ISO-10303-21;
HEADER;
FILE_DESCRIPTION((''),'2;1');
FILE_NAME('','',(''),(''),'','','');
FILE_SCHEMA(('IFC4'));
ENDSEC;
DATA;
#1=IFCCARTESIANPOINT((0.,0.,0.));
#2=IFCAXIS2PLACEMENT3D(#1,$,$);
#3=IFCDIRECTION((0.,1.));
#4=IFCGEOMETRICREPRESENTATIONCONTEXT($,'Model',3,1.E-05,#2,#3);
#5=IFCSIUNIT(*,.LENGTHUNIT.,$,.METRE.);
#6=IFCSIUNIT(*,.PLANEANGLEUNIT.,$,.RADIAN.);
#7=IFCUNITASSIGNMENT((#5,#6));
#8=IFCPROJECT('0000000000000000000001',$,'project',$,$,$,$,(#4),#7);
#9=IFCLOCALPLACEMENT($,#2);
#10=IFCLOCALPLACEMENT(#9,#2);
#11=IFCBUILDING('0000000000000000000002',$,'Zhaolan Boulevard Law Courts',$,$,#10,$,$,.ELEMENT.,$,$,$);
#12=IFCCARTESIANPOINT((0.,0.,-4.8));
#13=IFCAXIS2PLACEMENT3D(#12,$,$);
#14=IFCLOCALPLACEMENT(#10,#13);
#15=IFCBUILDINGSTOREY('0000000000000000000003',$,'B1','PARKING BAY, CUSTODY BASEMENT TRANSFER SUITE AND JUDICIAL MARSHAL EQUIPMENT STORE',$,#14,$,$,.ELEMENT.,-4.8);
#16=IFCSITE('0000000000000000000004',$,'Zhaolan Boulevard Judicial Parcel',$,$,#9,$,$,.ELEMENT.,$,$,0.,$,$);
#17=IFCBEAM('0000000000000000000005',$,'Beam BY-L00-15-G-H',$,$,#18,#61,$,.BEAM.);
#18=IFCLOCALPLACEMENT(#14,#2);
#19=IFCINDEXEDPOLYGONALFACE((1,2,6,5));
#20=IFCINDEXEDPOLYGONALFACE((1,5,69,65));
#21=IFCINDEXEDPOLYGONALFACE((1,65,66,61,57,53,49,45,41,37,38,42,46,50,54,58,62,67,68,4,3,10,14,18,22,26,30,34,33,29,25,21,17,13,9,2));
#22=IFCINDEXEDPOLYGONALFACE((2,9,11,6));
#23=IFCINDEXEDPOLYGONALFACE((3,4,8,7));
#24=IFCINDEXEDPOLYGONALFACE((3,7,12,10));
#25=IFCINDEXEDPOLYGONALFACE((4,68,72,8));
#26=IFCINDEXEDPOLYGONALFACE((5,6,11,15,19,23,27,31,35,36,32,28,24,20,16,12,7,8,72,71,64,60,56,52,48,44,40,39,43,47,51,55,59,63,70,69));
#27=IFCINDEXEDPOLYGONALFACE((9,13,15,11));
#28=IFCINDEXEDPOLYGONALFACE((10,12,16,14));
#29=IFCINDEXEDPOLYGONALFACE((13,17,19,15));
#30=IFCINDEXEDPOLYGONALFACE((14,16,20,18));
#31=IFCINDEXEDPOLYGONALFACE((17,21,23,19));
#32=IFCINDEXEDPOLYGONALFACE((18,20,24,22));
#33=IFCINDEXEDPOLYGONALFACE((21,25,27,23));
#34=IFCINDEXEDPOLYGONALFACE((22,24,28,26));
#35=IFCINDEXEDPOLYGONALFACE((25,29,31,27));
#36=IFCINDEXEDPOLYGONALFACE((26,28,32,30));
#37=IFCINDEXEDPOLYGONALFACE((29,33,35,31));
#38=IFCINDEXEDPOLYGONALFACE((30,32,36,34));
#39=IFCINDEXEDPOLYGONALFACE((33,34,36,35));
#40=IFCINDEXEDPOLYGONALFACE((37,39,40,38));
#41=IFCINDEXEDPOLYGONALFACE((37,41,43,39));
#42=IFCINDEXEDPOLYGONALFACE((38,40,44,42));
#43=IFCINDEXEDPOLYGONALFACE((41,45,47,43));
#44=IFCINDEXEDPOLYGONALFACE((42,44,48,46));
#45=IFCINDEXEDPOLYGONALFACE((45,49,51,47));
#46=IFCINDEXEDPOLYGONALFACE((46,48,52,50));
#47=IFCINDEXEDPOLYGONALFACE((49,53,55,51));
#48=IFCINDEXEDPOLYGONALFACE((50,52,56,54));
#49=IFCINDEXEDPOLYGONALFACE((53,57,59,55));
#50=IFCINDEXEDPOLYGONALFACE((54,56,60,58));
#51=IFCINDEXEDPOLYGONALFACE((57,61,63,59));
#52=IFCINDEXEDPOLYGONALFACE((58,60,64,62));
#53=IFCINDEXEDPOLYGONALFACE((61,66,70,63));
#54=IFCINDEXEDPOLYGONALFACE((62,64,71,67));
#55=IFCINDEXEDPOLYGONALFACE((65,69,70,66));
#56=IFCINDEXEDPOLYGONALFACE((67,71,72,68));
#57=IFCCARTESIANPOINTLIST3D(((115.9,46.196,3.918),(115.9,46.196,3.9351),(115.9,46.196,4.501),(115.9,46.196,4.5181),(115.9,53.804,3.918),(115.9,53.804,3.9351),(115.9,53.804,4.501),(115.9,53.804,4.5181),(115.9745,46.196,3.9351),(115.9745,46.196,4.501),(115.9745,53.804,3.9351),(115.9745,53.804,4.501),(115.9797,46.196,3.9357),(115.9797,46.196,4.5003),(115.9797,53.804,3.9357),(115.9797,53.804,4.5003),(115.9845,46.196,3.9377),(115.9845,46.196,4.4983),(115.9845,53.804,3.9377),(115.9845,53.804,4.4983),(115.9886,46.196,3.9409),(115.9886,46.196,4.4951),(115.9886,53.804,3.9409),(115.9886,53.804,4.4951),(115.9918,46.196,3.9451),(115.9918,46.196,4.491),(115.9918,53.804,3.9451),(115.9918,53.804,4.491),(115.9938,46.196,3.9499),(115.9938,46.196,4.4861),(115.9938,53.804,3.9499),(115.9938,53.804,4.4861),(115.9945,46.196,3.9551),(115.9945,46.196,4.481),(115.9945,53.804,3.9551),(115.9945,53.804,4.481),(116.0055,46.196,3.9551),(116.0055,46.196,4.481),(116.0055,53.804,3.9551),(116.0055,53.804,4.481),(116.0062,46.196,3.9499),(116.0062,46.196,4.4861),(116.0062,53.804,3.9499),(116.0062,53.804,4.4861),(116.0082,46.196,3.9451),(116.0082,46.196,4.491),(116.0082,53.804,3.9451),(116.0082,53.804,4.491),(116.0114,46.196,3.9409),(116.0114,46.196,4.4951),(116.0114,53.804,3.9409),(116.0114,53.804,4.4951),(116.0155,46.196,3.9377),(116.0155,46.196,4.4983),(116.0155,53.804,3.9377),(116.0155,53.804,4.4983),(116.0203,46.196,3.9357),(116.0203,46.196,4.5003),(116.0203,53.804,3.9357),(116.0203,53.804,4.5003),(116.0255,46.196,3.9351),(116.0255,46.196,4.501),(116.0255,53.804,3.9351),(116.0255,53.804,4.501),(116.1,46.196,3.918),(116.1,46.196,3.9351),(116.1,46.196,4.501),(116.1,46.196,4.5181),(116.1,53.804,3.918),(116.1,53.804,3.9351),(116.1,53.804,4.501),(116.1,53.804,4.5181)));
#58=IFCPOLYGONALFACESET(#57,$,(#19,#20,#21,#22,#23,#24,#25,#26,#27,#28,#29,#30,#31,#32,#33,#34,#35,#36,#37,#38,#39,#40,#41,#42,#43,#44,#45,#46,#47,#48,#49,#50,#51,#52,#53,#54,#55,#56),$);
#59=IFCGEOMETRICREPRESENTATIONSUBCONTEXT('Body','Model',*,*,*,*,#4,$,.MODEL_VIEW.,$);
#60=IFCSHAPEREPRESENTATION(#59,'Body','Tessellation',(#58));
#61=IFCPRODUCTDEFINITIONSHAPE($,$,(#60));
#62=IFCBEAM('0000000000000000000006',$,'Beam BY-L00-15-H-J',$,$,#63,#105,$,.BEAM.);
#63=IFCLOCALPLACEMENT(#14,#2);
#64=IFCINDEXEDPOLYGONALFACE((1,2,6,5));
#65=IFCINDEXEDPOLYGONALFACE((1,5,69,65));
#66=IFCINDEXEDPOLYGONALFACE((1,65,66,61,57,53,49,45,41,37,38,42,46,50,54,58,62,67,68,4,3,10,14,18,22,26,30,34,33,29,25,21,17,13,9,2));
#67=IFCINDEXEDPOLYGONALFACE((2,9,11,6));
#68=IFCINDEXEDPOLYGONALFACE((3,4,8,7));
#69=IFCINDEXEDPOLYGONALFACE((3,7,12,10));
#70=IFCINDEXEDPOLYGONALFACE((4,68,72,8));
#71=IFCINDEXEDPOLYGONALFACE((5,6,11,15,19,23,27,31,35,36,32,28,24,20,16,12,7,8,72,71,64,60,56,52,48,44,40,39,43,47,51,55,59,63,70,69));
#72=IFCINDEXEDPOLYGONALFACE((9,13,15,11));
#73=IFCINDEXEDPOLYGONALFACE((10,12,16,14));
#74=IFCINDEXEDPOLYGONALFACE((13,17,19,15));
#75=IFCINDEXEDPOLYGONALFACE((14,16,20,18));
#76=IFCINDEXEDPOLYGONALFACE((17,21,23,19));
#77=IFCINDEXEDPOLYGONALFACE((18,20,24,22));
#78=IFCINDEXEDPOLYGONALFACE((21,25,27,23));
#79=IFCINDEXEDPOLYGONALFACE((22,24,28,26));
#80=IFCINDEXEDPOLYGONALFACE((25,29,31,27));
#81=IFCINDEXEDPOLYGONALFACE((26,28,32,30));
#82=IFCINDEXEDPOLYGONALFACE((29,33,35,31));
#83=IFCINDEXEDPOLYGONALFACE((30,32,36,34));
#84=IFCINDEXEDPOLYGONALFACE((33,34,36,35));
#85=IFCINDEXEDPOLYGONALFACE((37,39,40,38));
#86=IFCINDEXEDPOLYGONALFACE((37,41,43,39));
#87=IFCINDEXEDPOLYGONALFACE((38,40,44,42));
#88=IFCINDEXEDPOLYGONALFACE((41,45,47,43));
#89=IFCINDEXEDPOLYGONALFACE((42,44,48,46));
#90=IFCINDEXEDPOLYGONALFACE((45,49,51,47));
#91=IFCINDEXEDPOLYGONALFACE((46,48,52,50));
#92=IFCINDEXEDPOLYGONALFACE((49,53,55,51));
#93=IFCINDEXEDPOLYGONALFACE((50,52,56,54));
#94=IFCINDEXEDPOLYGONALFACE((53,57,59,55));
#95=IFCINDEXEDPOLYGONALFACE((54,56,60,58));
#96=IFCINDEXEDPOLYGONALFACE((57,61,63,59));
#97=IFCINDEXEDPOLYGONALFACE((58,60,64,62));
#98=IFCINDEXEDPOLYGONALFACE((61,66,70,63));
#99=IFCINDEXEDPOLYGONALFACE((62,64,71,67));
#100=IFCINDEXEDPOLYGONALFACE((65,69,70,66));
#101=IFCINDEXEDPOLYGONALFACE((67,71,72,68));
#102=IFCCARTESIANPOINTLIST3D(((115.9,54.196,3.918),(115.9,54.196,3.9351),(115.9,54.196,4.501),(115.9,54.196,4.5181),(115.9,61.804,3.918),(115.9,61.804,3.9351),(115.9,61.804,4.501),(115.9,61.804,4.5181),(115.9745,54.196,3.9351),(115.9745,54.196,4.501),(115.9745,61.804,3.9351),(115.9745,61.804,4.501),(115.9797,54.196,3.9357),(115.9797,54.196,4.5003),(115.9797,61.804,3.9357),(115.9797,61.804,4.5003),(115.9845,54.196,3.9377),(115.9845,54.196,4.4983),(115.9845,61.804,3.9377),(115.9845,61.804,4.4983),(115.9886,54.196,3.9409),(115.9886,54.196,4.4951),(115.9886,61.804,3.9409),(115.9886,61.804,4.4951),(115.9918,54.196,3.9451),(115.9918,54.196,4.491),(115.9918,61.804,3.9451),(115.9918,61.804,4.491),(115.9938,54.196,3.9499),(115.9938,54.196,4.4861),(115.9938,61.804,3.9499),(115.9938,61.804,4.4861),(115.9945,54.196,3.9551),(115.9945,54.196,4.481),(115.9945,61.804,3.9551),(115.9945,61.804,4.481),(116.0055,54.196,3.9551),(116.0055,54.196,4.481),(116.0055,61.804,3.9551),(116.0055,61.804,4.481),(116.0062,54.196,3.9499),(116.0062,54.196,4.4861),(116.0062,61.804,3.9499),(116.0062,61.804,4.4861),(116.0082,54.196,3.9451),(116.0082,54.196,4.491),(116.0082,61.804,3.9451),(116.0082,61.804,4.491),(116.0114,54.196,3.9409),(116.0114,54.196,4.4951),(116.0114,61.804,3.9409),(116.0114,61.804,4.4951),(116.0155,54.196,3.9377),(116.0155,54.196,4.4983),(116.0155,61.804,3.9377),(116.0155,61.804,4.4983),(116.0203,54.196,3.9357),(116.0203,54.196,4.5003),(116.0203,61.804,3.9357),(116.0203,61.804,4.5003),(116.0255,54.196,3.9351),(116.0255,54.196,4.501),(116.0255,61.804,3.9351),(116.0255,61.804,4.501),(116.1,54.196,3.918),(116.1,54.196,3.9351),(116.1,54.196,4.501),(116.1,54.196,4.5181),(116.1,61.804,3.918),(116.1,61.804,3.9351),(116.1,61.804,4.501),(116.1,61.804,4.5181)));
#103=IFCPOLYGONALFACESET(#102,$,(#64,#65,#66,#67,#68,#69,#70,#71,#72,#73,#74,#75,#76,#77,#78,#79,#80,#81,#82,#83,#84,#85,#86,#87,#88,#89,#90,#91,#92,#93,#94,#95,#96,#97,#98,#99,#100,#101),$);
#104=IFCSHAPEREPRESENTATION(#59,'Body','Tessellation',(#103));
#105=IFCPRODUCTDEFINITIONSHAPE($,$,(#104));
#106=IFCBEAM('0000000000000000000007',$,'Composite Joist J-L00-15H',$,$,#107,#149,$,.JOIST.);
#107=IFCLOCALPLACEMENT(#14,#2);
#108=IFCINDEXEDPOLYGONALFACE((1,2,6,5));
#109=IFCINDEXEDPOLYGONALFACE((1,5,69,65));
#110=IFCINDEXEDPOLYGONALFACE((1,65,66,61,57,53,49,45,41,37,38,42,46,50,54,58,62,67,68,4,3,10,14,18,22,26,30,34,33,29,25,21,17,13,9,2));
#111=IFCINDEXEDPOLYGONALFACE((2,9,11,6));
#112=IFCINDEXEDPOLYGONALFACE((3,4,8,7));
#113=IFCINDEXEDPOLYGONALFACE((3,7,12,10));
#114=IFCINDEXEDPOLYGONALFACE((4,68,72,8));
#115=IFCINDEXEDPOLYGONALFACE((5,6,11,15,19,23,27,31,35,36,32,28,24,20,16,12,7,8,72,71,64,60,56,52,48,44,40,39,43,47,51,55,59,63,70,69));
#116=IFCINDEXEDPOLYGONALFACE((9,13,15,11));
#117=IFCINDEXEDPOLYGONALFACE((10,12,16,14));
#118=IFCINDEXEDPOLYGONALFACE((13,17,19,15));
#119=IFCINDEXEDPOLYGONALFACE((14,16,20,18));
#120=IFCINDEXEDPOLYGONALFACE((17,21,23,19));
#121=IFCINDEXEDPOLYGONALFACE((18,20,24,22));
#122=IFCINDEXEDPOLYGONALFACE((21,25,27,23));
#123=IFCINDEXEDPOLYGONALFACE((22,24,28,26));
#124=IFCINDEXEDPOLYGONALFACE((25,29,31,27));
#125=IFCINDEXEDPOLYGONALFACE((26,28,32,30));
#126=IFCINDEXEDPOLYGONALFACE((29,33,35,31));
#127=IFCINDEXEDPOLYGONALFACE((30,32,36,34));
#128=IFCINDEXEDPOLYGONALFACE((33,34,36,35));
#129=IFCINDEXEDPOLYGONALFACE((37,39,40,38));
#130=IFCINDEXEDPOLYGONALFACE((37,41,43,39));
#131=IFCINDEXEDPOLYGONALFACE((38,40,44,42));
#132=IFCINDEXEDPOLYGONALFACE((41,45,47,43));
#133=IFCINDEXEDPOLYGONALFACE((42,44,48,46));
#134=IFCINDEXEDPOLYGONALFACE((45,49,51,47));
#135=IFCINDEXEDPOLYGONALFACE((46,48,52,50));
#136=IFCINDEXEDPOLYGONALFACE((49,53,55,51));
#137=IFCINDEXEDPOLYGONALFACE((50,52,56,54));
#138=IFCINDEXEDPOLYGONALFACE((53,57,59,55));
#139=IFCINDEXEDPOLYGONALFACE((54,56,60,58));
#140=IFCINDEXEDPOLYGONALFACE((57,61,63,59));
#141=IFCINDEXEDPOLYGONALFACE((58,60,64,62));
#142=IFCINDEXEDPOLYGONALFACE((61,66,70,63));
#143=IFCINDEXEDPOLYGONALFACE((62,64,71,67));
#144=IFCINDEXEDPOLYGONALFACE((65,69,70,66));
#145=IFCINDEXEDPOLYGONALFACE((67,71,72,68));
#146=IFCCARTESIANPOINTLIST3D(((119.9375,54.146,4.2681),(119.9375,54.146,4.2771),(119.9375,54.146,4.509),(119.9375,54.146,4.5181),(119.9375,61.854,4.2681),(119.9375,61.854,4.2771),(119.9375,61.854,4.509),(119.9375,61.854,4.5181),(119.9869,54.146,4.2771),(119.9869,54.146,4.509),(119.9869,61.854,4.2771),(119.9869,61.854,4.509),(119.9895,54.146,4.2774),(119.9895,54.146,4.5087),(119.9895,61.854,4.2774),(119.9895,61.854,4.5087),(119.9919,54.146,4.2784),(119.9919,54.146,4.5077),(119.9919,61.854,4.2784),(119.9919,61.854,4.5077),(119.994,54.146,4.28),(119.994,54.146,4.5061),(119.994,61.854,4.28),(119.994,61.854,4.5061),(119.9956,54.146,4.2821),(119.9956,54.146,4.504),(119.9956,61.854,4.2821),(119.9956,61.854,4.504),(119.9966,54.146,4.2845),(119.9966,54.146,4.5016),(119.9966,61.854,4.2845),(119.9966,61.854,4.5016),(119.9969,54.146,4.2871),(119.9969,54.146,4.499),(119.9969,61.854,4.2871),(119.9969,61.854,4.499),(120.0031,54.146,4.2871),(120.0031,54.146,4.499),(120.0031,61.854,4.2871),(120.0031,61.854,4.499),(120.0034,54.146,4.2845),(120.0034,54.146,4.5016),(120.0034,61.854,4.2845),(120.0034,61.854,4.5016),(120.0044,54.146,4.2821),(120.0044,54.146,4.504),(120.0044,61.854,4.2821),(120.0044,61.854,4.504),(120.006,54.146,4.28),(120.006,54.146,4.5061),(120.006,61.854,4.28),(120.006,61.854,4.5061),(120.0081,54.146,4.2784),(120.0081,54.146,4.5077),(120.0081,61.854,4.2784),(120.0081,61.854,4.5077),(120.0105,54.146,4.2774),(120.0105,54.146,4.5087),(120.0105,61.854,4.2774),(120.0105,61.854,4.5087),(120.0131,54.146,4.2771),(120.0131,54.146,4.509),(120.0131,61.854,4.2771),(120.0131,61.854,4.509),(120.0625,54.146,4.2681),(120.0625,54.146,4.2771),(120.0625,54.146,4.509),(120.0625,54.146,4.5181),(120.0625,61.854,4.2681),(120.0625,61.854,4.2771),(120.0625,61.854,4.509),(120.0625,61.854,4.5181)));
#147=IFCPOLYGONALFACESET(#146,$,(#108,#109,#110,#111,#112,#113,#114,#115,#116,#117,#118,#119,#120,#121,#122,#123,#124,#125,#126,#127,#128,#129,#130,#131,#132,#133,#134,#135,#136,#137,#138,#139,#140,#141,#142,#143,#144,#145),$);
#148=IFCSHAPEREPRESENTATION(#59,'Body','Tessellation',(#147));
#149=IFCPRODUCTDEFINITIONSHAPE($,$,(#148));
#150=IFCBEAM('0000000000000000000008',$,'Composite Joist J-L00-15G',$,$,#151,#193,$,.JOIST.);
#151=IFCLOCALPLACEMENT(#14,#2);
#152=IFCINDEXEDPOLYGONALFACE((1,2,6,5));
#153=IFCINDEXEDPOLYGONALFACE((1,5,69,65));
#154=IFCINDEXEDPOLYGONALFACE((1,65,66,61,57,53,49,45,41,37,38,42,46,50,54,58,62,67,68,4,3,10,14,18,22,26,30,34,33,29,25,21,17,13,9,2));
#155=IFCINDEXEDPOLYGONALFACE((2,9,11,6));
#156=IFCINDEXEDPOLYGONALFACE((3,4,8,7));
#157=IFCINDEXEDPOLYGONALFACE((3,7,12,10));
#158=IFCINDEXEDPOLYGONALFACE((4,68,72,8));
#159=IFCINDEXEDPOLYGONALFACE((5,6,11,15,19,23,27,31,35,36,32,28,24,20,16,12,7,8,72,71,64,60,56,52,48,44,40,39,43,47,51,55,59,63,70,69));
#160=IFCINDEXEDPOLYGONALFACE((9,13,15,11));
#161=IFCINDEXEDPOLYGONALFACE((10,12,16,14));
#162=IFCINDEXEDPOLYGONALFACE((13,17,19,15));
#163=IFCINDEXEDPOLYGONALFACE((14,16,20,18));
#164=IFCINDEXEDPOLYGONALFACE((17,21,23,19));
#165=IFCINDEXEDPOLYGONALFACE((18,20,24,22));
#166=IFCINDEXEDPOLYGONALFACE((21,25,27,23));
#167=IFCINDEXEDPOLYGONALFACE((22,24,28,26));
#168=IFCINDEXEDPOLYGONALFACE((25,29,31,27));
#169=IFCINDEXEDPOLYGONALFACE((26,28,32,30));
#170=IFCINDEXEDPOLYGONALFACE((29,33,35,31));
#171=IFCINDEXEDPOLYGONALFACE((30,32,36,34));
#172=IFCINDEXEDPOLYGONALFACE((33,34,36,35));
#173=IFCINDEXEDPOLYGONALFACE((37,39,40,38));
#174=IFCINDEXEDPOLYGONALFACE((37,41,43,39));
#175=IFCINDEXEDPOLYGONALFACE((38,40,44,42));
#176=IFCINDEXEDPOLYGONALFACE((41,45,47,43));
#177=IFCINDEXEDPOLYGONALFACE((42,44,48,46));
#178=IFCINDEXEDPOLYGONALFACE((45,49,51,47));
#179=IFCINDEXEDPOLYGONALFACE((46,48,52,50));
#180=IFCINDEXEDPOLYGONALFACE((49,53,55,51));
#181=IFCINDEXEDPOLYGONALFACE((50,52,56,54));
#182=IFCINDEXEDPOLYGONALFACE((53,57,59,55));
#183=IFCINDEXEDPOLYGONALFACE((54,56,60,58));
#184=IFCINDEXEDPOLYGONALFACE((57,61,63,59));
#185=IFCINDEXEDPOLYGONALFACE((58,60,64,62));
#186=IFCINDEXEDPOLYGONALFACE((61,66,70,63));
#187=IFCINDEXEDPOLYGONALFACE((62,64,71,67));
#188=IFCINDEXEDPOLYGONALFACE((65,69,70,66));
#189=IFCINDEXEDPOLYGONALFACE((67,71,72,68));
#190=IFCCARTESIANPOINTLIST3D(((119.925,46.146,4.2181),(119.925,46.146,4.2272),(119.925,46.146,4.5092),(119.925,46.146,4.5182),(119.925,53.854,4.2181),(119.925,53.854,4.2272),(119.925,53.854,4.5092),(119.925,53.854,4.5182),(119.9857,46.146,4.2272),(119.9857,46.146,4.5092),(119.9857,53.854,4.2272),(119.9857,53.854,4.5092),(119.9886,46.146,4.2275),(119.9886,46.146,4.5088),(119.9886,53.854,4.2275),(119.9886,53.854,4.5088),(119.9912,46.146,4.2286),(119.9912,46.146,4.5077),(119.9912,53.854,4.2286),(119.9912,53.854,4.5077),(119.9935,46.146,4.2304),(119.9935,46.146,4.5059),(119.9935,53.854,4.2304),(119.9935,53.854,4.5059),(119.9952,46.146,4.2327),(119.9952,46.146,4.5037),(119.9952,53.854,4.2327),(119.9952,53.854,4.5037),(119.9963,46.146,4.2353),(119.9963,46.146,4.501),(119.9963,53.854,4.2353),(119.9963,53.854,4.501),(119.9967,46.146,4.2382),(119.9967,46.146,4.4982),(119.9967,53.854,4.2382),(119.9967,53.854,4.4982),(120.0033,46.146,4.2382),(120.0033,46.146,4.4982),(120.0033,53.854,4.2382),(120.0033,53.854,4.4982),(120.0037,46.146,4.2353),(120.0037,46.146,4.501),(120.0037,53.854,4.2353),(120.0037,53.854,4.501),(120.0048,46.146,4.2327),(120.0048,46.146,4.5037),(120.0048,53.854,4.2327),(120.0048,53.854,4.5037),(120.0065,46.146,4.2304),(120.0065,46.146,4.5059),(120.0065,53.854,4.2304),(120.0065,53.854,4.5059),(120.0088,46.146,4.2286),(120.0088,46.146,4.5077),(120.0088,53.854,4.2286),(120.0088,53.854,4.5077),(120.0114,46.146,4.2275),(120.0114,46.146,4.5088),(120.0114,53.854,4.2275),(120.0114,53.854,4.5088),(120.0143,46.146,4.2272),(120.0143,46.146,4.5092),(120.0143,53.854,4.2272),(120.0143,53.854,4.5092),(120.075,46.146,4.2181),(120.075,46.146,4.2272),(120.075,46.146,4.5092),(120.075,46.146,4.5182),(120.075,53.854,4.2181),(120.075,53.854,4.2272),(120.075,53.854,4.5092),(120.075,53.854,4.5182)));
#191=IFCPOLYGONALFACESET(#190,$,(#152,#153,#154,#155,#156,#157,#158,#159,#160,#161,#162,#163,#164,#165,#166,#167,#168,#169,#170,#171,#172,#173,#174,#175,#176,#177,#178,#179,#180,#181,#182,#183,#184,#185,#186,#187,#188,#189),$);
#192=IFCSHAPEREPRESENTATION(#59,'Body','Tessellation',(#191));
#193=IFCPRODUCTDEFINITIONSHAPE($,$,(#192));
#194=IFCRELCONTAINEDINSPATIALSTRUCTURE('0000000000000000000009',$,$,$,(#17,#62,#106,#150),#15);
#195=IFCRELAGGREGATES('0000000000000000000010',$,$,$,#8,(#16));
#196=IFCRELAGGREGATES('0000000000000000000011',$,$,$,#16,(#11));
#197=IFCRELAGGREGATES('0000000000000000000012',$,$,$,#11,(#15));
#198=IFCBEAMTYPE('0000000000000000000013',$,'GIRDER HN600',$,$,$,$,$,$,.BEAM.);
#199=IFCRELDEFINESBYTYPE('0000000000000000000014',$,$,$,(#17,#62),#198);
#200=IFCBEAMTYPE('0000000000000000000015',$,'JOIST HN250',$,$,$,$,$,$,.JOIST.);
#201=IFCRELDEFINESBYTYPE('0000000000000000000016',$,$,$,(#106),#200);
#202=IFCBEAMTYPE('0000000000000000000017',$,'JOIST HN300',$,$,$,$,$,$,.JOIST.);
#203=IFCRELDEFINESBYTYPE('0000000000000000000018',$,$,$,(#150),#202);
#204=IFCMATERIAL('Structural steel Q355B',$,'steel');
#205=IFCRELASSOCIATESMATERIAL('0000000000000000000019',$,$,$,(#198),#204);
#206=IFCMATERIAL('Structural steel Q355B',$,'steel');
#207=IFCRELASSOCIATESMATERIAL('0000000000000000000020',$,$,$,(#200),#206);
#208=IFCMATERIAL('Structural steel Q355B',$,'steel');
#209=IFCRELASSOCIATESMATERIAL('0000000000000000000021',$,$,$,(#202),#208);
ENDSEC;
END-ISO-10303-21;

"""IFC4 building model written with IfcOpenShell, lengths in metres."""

from ifc_helpers import new_model, si_unit, direction, frame, origin, origin_2d, place, context, subcontext, project, spatial, i_section, extrude, material, material_profile, profile_set, type_object, element, save


model = new_model("IFC4")

# Units and contexts
model_context = context("Model", 3, precision=1e-05, world=origin(), true_north=direction((0.0, 1.0)))
body_context = subcontext(model_context, "Body", "Model", "MODEL_VIEW")
ifc_project = project(units=[si_unit("LENGTHUNIT", "METRE"), si_unit("PLANEANGLEUNIT", "RADIAN")], contexts=[model_context])

# Site, building, storey
site_placement = place(None, origin())
site = spatial("IfcSite", under=ifc_project, at=site_placement, Name="Zhaolan Boulevard Judicial Parcel", CompositionType="ELEMENT", RefElevation=0.0)
building_placement = place(site_placement, origin())
building = spatial("IfcBuilding", under=site, at=building_placement, Name="Zhaolan Boulevard Law Courts", CompositionType="ELEMENT")
storey_placement = place(building_placement, frame((0.0, 0.0, -4.8)))
storey = spatial("IfcBuildingStorey", under=building, at=storey_placement, Name="B1", Description="PARKING BAY, CUSTODY BASEMENT TRANSFER SUITE AND JUDICIAL MARSHAL EQUIPMENT STORE", CompositionType="ELEMENT", Elevation=-4.8)

# Beams
ifc_material_1 = material(Name="Structural steel Q355B", Category="steel")
ifc_material_profile_1 = material_profile(ifc_material_1, i_section(OverallWidth=0.2, OverallDepth=0.6001, WebThickness=0.011, FlangeThickness=0.0171, FilletRadius=0.02, at=origin_2d()), Name="HN600x200")
ifc_profile_set_1 = profile_set([ifc_material_profile_1], Name="Structural steel Q355B")
beam_type_1 = type_object("IfcBeamType", Name="GIRDER HN600", PredefinedType="BEAM", material=ifc_profile_set_1)
for number, where, z_axis, x_axis, name in (
    (1, (116.0, 46.196, 4.218), (0.0, 1.0, 0.0), (-1.0, 0.0, 0.0), "Beam BY-L00-15-G-H"),
    (2, (116.0, 54.196, 4.218), (0.0, 1.0, 0.0), (-1.0, 0.0, 0.0), "Beam BY-L00-15-H-J"),
):
    element("IfcBeam", number, at=place(storey_placement, frame(where, z_axis=z_axis, x_axis=x_axis)), inside=storey, type_object=beam_type_1, Name=name, PredefinedType="BEAM", context=body_context, shape_type="SweptSolid", body=[
        extrude(i_section(OverallWidth=0.2, OverallDepth=0.6001, WebThickness=0.011, FlangeThickness=0.0171, FilletRadius=0.02, at=origin_2d()), origin(), (0.0, 0.0, 1.0), 7.6079),
    ])
ifc_material_2 = material(Name="Structural steel Q355B", Category="steel")
ifc_material_profile_2 = material_profile(ifc_material_2, i_section(OverallWidth=0.125, OverallDepth=0.25, WebThickness=0.0061, FlangeThickness=0.009, FilletRadius=0.01, at=origin_2d()), Name="HN250x125")
ifc_profile_set_2 = profile_set([ifc_material_profile_2], Name="Structural steel Q355B")
beam_type_2 = type_object("IfcBeamType", Name="JOIST HN250", PredefinedType="JOIST", material=ifc_profile_set_2)
beam_1_placement = place(storey_placement, frame((120.0, 54.146, 4.3931), z_axis=(0.0, 1.0, 0.0), x_axis=(-1.0, 0.0, 0.0)))
element("IfcBeam", 3, at=beam_1_placement, inside=storey, type_object=beam_type_2, Name="Composite Joist J-L00-15H", PredefinedType="JOIST", context=body_context, shape_type="SweptSolid", body=[
    extrude(i_section(OverallWidth=0.125, OverallDepth=0.25, WebThickness=0.0061, FlangeThickness=0.009, FilletRadius=0.01, at=origin_2d()), origin(), (0.0, 0.0, 1.0), 7.708),
])
ifc_material_3 = material(Name="Structural steel Q355B", Category="steel")
ifc_material_profile_3 = material_profile(ifc_material_3, i_section(OverallWidth=0.1499, OverallDepth=0.3, WebThickness=0.0066, FlangeThickness=0.009, FilletRadius=0.011, at=origin_2d()), Name="HN300x150")
ifc_profile_set_3 = profile_set([ifc_material_profile_3], Name="Structural steel Q355B")
beam_type_3 = type_object("IfcBeamType", Name="JOIST HN300", PredefinedType="JOIST", material=ifc_profile_set_3)
beam_2_placement = place(storey_placement, frame((120.0, 46.146, 4.3682), z_axis=(0.0, 1.0, 0.0), x_axis=(-1.0, 0.0, 0.0)))
element("IfcBeam", 4, at=beam_2_placement, inside=storey, type_object=beam_type_3, Name="Composite Joist J-L00-15G", PredefinedType="JOIST", context=body_context, shape_type="SweptSolid", body=[
    extrude(i_section(OverallWidth=0.1499, OverallDepth=0.3, WebThickness=0.0066, FlangeThickness=0.009, FilletRadius=0.011, at=origin_2d()), origin(), (0.0, 0.0, 1.0), 7.708),
])

save(model, "model.ifc")
